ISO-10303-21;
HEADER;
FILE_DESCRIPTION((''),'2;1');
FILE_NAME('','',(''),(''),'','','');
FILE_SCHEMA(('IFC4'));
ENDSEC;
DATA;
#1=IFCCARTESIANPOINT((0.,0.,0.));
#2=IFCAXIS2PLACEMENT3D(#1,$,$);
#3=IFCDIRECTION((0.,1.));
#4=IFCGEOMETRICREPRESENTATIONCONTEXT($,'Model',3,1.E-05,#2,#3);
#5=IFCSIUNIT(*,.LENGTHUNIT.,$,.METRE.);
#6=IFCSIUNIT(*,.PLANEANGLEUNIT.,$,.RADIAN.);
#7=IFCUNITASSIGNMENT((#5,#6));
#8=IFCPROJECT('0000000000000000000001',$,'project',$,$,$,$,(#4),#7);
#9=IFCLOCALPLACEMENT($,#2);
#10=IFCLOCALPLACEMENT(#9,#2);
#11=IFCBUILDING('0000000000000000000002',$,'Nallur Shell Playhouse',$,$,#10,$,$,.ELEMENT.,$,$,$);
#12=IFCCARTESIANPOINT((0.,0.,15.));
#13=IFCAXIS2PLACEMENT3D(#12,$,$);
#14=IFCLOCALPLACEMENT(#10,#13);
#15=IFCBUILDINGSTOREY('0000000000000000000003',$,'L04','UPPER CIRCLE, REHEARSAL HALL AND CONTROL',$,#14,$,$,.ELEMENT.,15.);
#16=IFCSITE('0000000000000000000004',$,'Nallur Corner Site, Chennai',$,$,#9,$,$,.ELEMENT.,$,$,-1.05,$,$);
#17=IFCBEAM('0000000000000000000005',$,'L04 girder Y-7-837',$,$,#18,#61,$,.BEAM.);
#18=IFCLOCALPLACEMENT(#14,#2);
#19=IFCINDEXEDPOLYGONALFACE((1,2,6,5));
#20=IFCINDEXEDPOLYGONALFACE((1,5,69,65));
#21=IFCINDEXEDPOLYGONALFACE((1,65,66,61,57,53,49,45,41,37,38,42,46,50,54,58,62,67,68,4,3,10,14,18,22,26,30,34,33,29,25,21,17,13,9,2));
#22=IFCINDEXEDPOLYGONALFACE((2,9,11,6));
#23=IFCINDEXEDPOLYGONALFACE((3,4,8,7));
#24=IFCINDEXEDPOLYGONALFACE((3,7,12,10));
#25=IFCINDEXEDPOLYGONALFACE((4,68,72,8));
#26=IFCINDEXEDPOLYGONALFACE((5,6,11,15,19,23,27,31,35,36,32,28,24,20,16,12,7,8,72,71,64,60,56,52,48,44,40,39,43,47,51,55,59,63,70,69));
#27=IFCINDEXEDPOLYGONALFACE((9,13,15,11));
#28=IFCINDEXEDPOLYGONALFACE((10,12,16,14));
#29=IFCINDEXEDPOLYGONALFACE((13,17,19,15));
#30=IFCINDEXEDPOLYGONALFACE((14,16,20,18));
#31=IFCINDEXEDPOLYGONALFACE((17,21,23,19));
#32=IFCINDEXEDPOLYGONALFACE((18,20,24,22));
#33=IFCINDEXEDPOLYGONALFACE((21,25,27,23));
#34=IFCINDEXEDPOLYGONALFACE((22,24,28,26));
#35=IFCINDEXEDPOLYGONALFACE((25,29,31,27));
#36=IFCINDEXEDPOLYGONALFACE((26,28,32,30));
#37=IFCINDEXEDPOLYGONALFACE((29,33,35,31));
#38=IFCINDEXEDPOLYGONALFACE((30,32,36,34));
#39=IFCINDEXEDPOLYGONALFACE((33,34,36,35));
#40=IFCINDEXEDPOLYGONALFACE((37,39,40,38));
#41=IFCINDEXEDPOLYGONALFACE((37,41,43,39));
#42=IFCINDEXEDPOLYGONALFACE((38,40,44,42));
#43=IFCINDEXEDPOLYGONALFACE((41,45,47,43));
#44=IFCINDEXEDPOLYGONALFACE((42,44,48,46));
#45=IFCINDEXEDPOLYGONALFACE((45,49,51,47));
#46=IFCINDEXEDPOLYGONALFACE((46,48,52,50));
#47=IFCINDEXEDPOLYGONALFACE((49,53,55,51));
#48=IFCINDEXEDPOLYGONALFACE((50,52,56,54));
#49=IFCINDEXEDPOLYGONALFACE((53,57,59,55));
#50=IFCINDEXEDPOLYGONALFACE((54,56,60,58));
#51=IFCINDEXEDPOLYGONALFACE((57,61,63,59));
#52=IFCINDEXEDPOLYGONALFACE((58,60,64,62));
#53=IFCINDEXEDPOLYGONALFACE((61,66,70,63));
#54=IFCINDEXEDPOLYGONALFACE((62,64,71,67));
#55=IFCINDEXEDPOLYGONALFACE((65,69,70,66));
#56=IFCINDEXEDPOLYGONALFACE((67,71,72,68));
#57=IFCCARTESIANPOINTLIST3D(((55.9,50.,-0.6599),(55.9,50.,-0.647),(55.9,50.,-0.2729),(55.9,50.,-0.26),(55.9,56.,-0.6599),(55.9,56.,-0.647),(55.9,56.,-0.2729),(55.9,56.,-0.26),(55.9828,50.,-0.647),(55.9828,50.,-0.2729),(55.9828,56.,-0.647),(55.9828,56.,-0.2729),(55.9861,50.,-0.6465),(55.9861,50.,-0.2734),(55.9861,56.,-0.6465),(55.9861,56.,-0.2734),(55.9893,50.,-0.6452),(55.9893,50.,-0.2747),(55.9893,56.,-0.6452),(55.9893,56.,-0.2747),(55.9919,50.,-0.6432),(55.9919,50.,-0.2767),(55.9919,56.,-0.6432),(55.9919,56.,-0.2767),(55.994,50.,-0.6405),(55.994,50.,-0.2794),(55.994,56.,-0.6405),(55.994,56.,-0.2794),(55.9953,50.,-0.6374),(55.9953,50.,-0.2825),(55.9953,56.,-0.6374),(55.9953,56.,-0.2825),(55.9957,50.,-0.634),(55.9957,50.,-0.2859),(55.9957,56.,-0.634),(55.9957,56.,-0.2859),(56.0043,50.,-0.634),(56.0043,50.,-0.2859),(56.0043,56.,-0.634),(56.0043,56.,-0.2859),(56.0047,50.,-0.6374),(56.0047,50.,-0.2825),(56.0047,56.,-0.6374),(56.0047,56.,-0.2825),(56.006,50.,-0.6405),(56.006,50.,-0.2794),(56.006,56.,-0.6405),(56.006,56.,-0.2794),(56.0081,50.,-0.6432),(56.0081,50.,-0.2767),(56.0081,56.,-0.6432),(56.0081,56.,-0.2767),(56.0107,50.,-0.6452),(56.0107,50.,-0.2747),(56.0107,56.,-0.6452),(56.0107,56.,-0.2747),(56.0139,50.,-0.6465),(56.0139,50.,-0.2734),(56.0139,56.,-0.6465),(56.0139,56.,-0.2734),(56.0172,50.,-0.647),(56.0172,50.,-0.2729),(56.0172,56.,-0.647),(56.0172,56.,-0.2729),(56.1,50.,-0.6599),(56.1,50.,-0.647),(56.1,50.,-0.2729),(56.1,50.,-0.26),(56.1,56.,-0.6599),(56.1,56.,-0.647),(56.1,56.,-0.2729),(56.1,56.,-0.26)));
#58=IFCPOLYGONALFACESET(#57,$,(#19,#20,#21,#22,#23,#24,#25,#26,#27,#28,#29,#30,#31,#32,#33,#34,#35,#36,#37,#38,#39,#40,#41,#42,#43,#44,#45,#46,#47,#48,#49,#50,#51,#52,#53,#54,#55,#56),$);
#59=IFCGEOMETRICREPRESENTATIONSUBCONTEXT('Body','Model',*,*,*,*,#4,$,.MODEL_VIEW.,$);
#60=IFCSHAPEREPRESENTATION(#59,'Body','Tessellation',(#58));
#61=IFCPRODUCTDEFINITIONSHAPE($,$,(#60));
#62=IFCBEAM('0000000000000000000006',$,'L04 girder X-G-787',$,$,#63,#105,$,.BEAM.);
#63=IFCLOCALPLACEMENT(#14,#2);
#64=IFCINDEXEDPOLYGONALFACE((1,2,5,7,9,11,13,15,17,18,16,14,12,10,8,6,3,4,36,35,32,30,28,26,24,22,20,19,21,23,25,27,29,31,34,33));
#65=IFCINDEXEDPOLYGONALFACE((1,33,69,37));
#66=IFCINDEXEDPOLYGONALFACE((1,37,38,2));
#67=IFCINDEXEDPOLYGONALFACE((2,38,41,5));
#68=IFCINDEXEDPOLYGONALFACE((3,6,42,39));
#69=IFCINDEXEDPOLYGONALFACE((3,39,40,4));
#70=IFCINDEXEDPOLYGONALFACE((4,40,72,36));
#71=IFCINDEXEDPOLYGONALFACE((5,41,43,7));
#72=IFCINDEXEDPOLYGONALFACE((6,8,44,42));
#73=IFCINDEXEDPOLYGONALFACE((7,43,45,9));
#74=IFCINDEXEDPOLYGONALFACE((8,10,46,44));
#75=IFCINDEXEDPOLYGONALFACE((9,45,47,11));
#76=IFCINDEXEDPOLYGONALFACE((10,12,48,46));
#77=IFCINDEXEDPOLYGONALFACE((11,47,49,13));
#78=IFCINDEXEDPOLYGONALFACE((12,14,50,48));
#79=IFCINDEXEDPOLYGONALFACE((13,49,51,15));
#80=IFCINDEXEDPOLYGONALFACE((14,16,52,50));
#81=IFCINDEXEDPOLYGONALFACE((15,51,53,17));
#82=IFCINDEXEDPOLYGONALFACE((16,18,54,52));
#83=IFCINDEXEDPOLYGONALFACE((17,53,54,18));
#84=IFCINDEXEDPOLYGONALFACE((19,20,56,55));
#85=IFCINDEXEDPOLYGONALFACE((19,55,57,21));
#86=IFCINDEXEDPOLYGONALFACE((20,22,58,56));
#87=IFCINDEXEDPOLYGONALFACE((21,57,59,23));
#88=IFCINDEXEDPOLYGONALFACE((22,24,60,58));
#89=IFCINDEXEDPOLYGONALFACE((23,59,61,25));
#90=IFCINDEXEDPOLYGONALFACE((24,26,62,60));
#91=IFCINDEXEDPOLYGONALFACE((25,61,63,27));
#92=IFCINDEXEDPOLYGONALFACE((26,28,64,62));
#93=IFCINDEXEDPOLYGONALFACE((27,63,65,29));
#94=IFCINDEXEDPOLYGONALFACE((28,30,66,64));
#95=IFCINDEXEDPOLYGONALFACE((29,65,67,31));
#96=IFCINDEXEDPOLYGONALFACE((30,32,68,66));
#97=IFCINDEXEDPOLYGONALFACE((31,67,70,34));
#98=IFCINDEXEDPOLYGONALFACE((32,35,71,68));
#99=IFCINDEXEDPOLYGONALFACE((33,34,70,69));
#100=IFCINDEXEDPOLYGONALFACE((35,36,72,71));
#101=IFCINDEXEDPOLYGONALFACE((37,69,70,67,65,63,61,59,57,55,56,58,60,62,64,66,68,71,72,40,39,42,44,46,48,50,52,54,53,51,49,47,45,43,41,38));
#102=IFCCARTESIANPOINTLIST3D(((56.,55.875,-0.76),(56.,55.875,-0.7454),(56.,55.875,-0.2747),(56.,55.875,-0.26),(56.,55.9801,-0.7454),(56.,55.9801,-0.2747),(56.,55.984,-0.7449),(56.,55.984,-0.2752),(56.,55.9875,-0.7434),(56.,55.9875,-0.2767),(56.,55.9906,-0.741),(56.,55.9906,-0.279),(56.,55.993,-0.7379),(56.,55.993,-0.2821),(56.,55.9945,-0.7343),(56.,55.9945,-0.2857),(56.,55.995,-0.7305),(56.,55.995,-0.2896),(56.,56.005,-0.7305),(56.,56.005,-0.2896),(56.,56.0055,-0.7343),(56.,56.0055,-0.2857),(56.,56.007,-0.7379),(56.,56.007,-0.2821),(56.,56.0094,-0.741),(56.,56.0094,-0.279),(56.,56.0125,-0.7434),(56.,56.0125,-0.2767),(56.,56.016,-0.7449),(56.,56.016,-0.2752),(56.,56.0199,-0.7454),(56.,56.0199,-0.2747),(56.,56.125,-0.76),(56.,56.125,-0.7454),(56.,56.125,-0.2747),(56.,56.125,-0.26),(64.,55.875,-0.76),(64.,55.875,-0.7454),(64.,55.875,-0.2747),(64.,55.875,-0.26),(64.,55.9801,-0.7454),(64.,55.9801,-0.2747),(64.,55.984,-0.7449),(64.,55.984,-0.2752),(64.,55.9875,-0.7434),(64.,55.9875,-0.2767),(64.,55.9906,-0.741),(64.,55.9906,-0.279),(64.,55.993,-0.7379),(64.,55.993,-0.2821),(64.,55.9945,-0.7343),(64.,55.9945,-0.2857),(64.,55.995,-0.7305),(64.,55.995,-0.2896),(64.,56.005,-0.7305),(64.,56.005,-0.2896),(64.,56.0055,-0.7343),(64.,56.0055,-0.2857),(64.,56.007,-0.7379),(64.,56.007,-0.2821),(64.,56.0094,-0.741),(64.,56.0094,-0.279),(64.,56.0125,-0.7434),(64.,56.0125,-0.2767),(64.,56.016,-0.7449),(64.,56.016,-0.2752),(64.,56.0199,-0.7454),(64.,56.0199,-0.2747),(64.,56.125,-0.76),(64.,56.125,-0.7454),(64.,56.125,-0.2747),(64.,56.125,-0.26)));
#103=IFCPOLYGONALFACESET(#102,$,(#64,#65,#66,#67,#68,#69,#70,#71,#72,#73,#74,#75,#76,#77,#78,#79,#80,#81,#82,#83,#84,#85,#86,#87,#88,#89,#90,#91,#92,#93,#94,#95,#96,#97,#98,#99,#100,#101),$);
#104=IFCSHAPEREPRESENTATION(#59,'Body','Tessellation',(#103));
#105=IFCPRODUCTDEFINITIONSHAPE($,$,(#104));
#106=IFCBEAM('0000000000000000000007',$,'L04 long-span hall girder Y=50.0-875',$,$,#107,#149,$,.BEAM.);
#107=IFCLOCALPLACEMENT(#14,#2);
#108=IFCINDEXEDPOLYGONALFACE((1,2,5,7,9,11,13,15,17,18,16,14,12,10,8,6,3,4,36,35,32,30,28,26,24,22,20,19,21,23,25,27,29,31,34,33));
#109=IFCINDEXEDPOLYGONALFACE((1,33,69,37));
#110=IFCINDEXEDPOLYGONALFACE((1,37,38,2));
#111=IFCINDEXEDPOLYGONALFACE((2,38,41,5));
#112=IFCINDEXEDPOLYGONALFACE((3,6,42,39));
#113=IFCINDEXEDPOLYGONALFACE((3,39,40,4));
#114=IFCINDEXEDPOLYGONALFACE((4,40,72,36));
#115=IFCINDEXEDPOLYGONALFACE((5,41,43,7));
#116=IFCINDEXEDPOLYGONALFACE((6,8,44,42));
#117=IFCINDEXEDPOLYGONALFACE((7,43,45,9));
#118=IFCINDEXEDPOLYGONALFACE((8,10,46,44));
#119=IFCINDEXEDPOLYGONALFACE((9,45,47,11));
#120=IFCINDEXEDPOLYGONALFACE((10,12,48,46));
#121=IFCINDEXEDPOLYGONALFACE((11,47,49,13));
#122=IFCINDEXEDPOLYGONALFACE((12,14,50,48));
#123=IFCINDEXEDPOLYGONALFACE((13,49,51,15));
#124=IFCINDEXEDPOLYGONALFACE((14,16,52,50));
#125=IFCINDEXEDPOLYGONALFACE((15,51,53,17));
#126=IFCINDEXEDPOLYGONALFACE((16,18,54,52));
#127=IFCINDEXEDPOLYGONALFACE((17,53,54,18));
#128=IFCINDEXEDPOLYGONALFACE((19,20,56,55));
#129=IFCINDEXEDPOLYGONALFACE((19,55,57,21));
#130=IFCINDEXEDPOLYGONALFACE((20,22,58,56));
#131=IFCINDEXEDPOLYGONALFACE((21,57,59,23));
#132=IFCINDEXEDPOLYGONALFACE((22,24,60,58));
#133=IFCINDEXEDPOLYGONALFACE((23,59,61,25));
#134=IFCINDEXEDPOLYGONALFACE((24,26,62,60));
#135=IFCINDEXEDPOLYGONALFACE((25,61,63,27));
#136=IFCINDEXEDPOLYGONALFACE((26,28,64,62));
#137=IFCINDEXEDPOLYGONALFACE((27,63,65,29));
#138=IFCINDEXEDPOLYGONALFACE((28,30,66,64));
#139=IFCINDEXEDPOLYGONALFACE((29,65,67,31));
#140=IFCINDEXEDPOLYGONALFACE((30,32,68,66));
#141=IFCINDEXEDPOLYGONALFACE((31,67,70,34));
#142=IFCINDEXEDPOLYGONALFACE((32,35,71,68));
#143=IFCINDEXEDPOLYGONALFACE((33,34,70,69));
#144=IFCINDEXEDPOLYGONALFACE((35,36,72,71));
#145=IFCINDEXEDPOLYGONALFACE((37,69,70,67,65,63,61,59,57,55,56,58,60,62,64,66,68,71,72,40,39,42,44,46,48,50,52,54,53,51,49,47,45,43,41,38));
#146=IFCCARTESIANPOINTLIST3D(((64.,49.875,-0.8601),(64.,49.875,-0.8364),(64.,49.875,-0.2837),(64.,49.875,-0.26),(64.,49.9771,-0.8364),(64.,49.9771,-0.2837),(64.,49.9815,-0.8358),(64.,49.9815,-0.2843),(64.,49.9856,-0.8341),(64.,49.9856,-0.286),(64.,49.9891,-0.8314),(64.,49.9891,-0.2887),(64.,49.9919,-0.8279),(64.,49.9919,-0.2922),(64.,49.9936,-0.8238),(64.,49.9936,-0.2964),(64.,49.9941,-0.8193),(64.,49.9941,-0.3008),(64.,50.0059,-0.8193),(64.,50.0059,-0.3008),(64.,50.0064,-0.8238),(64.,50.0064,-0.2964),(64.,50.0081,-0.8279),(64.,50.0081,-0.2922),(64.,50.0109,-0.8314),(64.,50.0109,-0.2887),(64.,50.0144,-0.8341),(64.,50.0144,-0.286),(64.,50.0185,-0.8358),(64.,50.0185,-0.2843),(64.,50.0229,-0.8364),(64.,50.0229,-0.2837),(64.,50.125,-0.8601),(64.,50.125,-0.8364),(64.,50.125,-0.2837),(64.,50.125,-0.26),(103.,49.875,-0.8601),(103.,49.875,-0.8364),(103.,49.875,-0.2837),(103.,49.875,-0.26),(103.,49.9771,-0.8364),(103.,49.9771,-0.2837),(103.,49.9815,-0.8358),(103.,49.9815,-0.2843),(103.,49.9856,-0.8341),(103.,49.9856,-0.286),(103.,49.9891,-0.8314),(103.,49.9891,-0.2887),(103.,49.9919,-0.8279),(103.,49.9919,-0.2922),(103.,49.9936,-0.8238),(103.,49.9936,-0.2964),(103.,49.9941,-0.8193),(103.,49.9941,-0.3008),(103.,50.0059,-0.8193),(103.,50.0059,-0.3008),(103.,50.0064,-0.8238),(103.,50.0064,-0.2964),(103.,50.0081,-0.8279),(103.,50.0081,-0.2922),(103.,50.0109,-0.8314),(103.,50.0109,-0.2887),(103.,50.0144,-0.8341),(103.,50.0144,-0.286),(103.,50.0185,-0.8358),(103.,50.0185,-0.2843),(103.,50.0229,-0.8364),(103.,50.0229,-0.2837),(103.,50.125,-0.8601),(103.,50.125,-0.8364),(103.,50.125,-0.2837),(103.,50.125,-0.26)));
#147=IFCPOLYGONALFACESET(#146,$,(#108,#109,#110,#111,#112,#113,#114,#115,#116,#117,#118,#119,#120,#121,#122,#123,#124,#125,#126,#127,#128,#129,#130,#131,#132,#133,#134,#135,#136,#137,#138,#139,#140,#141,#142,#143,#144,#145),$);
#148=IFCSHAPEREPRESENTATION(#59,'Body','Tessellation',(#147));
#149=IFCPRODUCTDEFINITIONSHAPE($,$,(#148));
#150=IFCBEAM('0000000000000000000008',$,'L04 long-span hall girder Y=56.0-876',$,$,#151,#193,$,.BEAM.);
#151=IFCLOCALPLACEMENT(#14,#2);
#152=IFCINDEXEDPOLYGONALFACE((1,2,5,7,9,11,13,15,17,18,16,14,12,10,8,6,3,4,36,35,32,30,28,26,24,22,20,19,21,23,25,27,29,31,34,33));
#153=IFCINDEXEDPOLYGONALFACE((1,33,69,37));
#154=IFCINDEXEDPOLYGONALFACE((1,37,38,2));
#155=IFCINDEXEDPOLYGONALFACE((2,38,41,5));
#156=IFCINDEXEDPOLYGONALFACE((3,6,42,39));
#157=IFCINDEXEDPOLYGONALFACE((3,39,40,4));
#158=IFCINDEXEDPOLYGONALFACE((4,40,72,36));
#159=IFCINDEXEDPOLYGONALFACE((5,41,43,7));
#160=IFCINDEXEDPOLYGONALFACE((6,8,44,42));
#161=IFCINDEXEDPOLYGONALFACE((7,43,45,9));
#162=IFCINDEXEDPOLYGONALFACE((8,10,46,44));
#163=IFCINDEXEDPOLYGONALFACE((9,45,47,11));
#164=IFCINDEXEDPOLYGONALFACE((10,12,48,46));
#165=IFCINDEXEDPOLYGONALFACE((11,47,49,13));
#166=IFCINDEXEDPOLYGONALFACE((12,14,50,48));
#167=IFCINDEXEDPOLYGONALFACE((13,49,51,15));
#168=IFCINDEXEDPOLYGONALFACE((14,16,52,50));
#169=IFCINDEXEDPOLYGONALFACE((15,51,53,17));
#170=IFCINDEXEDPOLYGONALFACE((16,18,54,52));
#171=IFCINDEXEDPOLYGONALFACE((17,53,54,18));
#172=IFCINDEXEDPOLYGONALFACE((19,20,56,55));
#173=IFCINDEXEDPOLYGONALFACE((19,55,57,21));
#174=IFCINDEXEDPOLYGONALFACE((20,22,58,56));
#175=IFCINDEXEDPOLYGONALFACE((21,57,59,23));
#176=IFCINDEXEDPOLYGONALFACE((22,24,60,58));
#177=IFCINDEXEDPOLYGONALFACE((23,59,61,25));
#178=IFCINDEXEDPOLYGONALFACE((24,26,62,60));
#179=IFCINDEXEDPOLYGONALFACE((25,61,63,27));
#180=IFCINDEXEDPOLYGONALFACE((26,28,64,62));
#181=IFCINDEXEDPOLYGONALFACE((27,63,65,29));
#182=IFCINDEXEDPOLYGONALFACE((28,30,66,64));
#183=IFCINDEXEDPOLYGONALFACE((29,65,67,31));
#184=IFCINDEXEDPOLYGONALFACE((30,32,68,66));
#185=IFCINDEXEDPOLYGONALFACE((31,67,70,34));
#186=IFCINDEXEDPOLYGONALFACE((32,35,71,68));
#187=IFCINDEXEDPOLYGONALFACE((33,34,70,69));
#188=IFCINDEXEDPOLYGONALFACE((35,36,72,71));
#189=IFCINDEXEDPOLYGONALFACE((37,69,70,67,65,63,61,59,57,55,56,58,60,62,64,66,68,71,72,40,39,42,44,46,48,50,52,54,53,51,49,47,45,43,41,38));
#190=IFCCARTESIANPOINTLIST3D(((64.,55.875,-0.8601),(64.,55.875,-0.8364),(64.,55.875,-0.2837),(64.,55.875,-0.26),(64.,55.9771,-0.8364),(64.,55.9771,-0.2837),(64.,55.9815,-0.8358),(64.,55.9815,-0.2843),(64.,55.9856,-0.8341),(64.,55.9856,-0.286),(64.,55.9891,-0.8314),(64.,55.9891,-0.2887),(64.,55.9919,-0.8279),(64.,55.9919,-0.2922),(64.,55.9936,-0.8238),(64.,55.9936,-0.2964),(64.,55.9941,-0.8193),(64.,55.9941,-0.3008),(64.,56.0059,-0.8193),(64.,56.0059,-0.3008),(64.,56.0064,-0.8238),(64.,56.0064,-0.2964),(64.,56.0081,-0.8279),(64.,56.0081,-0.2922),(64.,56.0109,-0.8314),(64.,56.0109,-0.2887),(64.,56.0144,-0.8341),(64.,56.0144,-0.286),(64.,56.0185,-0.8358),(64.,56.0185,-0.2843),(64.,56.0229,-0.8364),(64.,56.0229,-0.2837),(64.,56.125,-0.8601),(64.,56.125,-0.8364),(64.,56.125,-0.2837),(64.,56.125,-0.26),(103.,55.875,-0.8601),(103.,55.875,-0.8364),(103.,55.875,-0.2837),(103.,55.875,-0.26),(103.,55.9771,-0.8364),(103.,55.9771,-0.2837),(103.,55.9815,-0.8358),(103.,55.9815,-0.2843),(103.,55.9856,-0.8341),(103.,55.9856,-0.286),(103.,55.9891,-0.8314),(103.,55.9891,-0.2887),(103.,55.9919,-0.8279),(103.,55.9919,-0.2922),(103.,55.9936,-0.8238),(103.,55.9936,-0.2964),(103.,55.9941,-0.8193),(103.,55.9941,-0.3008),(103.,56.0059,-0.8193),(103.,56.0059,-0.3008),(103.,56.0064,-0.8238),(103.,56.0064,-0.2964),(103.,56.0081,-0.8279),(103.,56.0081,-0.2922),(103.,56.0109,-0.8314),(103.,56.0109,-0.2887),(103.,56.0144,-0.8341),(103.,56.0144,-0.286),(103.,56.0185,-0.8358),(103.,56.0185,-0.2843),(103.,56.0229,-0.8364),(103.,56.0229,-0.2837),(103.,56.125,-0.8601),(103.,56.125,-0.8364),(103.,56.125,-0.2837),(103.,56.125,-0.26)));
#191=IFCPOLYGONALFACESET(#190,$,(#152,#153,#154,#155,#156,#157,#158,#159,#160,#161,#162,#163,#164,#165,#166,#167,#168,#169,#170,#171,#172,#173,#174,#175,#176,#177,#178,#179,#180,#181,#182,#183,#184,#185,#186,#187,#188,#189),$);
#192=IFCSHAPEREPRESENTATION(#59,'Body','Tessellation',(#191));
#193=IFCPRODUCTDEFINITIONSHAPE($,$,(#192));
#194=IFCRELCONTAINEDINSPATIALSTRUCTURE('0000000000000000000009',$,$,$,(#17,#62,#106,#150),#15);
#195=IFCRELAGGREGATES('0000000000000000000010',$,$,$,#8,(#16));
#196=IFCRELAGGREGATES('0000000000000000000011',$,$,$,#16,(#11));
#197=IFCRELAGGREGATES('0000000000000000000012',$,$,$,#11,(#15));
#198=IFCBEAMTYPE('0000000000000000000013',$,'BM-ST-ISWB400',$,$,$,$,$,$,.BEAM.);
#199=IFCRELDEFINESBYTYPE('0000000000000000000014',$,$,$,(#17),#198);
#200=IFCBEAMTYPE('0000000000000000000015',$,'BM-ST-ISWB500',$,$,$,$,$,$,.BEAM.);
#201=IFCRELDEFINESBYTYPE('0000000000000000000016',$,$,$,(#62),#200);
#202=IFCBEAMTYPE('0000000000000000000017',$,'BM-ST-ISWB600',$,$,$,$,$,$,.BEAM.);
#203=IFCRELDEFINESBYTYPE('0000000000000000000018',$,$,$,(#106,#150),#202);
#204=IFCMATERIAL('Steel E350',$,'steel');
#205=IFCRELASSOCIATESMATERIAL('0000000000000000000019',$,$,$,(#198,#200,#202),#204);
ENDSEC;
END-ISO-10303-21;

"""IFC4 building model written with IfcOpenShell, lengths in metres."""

from ifc_helpers import new_model, si_unit, direction, frame, origin, origin_2d, place, context, subcontext, project, spatial, i_section, extrude, material, material_profile, profile_set, type_object, element, save


model = new_model("IFC4")

# Units and contexts
model_context = context("Model", 3, precision=1e-05, world=origin(), true_north=direction((0.0, 1.0)))
body_context = subcontext(model_context, "Body", "Model", "MODEL_VIEW")
ifc_project = project(units=[si_unit("LENGTHUNIT", "METRE"), si_unit("PLANEANGLEUNIT", "RADIAN")], contexts=[model_context])

# Site, building, storey
site_placement = place(None, origin())
site = spatial("IfcSite", under=ifc_project, at=site_placement, Name="Nallur Corner Site, Chennai", CompositionType="ELEMENT", RefElevation=-1.05)
building_placement = place(site_placement, origin())
building = spatial("IfcBuilding", under=site, at=building_placement, Name="Nallur Shell Playhouse", CompositionType="ELEMENT")
storey_placement = place(building_placement, frame((0.0, 0.0, 15.0)))
storey = spatial("IfcBuildingStorey", under=building, at=storey_placement, Name="L04", Description="UPPER CIRCLE, REHEARSAL HALL AND CONTROL", CompositionType="ELEMENT", Elevation=15.0)

# Shared definitions
ifc_material_1 = material(Name="Steel E350", Category="steel")

# Beams
ifc_material_profile_1 = material_profile(ifc_material_1, i_section(OverallWidth=0.2, OverallDepth=0.3999, WebThickness=0.0085, FlangeThickness=0.0129, FilletRadius=0.0129, at=origin_2d()), Name="ISWB 400")
ifc_profile_set_1 = profile_set([ifc_material_profile_1], Name="Steel E350")
beam_type_1 = type_object("IfcBeamType", Name="BM-ST-ISWB400", PredefinedType="BEAM", material=ifc_profile_set_1)
beam_1_placement = place(storey_placement, frame((56.0, 50.0, -0.46), z_axis=(0.0, 1.0, 0.0), x_axis=(-1.0, 0.0, 0.0)))
element("IfcBeam", 1, at=beam_1_placement, inside=storey, type_object=beam_type_1, Name="L04 girder Y-7-837", PredefinedType="BEAM", context=body_context, shape_type="SweptSolid", body=[
    extrude(i_section(OverallWidth=0.2, OverallDepth=0.3999, WebThickness=0.0085, FlangeThickness=0.0129, FilletRadius=0.0129, at=origin_2d()), origin(), (0.0, 0.0, 1.0), 6.0),
])
ifc_material_profile_2 = material_profile(ifc_material_1, i_section(OverallWidth=0.25, OverallDepth=0.5, WebThickness=0.01, FlangeThickness=0.0146, FilletRadius=0.0149, at=origin_2d()), Name="ISWB 500")
ifc_profile_set_2 = profile_set([ifc_material_profile_2], Name="Steel E350")
beam_type_2 = type_object("IfcBeamType", Name="BM-ST-ISWB500", PredefinedType="BEAM", material=ifc_profile_set_2)
beam_2_placement = place(storey_placement, frame((56.0, 56.0, -0.51), z_axis=(1.0, 0.0, 0.0), x_axis=(0.0, 1.0, 0.0)))
element("IfcBeam", 2, at=beam_2_placement, inside=storey, type_object=beam_type_2, Name="L04 girder X-G-787", PredefinedType="BEAM", context=body_context, shape_type="SweptSolid", body=[
    extrude(i_section(OverallWidth=0.25, OverallDepth=0.5, WebThickness=0.01, FlangeThickness=0.0146, FilletRadius=0.0149, at=origin_2d()), origin(), (0.0, 0.0, 1.0), 8.0),
])
ifc_material_profile_3 = material_profile(ifc_material_1, i_section(OverallWidth=0.25, OverallDepth=0.6001, WebThickness=0.0117, FlangeThickness=0.0237, FilletRadius=0.0171, at=origin_2d()), Name="ISWB 600")
ifc_profile_set_3 = profile_set([ifc_material_profile_3], Name="Steel E350")
beam_type_3 = type_object("IfcBeamType", Name="BM-ST-ISWB600", PredefinedType="BEAM", material=ifc_profile_set_3)
for number, where, z_axis, x_axis, name in (
    (3, (64.0, 50.0, -0.5601), (1.0, 0.0, 0.0), (0.0, 1.0, 0.0), "L04 long-span hall girder Y=50.0-875"),
    (4, (64.0, 56.0, -0.5601), (1.0, 0.0, 0.0), (0.0, 1.0, 0.0), "L04 long-span hall girder Y=56.0-876"),
):
    element("IfcBeam", number, at=place(storey_placement, frame(where, z_axis=z_axis, x_axis=x_axis)), inside=storey, type_object=beam_type_3, Name=name, PredefinedType="BEAM", context=body_context, shape_type="SweptSolid", body=[
        extrude(i_section(OverallWidth=0.25, OverallDepth=0.6001, WebThickness=0.0117, FlangeThickness=0.0237, FilletRadius=0.0171, at=origin_2d()), origin(), (0.0, 0.0, 1.0), 39.0),
    ])

save(model, "model.ifc")
